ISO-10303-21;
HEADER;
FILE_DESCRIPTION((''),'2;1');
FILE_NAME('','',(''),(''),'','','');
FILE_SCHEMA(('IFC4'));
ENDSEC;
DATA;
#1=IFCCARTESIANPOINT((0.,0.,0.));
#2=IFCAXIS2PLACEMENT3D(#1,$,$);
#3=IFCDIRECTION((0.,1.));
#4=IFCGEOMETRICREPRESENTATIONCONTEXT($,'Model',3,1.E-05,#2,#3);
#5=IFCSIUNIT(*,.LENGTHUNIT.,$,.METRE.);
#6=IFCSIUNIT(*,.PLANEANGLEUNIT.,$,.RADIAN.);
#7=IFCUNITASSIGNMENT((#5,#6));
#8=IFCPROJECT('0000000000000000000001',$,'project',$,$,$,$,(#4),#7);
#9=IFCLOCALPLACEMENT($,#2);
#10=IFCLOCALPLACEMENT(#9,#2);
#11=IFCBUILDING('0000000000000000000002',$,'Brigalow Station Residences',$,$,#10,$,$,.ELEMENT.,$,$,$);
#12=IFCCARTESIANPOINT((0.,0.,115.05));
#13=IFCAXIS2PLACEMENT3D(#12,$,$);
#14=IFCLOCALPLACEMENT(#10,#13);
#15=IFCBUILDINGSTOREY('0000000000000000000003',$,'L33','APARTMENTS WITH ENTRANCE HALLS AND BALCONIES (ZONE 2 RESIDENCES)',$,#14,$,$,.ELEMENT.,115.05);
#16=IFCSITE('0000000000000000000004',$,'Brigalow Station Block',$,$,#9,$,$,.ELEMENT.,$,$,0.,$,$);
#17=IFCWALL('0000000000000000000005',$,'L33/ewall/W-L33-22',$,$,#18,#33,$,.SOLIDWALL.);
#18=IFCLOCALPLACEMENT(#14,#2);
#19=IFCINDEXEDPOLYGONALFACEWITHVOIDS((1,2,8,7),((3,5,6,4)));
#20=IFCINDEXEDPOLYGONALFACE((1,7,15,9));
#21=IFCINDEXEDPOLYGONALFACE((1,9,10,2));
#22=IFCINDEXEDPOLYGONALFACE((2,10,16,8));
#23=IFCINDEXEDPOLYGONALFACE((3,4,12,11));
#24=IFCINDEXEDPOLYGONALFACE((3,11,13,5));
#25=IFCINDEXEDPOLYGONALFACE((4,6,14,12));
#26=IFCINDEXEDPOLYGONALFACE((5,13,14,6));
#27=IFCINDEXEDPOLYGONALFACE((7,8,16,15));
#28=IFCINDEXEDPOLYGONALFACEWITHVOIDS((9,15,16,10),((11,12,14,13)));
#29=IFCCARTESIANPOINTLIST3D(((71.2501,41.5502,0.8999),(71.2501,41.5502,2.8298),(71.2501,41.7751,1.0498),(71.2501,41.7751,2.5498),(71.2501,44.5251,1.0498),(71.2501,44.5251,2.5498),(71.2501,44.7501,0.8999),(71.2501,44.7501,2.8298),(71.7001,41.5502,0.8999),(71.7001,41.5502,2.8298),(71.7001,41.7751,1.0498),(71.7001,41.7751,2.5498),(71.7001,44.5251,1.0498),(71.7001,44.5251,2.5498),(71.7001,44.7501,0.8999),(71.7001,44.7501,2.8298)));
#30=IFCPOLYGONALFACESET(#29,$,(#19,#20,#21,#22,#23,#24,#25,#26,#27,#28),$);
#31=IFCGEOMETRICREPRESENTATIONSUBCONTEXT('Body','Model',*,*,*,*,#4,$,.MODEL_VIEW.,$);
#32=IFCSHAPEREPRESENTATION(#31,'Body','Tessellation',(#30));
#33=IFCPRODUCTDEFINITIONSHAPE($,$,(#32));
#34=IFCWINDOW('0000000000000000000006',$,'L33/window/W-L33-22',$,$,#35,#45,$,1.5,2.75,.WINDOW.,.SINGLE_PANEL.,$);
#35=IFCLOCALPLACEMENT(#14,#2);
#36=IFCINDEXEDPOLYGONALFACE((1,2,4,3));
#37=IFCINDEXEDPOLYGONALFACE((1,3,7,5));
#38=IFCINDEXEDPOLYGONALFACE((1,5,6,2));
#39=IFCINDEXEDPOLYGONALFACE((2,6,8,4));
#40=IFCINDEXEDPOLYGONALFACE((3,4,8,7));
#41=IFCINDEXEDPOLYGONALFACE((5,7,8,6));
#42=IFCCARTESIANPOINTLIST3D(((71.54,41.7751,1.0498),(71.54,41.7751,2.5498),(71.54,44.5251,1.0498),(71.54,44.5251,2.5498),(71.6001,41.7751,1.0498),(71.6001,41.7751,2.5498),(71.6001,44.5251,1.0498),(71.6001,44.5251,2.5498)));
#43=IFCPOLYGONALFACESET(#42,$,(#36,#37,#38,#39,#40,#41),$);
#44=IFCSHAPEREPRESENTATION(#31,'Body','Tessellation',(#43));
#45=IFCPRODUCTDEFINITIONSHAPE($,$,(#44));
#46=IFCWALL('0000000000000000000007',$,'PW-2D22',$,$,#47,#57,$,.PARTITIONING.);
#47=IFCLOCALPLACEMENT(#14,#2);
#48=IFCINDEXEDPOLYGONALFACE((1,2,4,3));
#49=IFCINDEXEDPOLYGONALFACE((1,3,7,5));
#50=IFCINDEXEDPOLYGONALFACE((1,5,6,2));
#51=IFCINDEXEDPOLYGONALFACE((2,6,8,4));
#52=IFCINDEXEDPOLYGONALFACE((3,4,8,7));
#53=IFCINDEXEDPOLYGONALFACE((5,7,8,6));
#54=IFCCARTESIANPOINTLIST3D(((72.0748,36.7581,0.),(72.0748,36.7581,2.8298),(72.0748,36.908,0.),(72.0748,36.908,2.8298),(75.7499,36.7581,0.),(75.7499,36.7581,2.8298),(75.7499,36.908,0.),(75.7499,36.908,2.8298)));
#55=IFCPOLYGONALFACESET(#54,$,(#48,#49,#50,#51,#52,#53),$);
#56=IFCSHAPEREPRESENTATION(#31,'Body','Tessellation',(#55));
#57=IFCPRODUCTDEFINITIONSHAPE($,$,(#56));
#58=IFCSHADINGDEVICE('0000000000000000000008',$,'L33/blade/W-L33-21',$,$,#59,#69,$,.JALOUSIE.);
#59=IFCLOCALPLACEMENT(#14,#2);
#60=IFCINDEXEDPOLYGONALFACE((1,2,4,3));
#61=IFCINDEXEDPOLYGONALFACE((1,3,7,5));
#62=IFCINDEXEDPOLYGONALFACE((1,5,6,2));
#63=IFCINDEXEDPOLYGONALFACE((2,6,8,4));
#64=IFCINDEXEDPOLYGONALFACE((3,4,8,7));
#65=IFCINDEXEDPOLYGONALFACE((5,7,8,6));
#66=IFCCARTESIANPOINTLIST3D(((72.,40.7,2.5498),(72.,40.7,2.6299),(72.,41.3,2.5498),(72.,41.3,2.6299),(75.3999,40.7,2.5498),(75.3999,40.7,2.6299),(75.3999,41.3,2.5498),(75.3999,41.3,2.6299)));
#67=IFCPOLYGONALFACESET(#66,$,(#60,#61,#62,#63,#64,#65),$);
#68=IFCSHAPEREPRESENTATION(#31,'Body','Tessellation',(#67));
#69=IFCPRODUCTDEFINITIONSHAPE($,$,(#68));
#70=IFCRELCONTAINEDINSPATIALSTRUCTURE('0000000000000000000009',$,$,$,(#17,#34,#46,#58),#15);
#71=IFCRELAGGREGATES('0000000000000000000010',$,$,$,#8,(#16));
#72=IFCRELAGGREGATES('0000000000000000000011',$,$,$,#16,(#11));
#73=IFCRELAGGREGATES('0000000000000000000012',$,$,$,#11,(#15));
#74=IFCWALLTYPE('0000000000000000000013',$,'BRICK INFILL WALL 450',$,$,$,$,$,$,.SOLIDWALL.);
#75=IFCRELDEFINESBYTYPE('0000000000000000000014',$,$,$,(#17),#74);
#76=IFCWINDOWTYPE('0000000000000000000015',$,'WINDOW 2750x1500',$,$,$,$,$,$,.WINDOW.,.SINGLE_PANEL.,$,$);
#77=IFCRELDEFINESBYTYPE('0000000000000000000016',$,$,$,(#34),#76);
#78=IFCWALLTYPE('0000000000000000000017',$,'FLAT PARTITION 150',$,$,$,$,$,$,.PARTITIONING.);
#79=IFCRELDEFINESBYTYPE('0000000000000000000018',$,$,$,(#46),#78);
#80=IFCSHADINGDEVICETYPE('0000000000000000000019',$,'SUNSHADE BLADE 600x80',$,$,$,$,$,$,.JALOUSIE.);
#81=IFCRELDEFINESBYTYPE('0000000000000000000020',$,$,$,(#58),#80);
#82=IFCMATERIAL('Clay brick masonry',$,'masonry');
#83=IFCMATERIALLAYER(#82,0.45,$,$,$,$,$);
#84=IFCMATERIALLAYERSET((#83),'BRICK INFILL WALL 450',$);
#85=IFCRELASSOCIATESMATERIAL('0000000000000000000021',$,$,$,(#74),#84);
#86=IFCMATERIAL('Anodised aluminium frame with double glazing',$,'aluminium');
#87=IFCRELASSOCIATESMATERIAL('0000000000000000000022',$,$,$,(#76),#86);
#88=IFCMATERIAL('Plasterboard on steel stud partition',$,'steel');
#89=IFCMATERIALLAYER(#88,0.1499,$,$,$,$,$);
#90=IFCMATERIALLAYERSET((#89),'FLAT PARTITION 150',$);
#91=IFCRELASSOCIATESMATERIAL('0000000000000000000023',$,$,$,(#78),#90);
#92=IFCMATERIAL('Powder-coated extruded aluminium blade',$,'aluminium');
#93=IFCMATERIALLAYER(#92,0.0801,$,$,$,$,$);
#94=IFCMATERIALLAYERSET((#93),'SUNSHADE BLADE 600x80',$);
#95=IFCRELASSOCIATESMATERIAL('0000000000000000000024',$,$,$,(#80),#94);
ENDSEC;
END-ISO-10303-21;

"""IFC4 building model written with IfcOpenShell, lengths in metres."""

from ifc_helpers import new_model, si_unit, direction, frame, frame_2d, origin, origin_2d, place, context, subcontext, project, spatial, rectangle, extrude, material, layer, layer_set, type_object, element, fill, save


model = new_model("IFC4")

# Units and contexts
model_context = context("Model", 3, precision=1e-05, world=origin(), true_north=direction((0.0, 1.0)))
body_context = subcontext(model_context, "Body", "Model", "MODEL_VIEW")
ifc_project = project(units=[si_unit("LENGTHUNIT", "METRE"), si_unit("PLANEANGLEUNIT", "RADIAN")], contexts=[model_context])

# Site, building, storey
site_placement = place(None, origin())
site = spatial("IfcSite", under=ifc_project, at=site_placement, Name="Brigalow Station Block", CompositionType="ELEMENT", RefElevation=0.0)
building_placement = place(site_placement, origin())
building = spatial("IfcBuilding", under=site, at=building_placement, Name="Brigalow Station Residences", CompositionType="ELEMENT")
storey_placement = place(building_placement, frame((0.0, 0.0, 115.05)))
storey = spatial("IfcBuildingStorey", under=building, at=storey_placement, Name="L33", Description="APARTMENTS WITH ENTRANCE HALLS AND BALCONIES (ZONE 2 RESIDENCES)", CompositionType="ELEMENT", Elevation=115.05)

# Wall, opening, window
ifc_material_1 = material(Name="Clay brick masonry", Category="masonry")
ifc_layer_1 = layer(ifc_material_1, 0.45)
ifc_layer_set_1 = layer_set([ifc_layer_1], Name="BRICK INFILL WALL 450")
wall_type_1 = type_object("IfcWallType", Name="BRICK INFILL WALL 450", PredefinedType="SOLIDWALL", material=ifc_layer_set_1)
wall_1_placement = place(storey_placement, frame((71.4751, 41.55, 0.8999), z_axis=(0.0, 0.0, 1.0), x_axis=(0.0, 1.0, 0.0)))
wall_1 = element("IfcWall", 1, at=wall_1_placement, inside=storey, type_object=wall_type_1, Name="L33/ewall/W-L33-22", PredefinedType="SOLIDWALL", context=body_context, shape_type="SweptSolid", body=[
    extrude(rectangle(XDim=3.2, YDim=0.45, at=frame_2d((1.6001, 0.0))), origin(), (0.0, 0.0, 1.0), 1.9299),
])
opening_1_placement = place(wall_1_placement, frame((0.2251, 0.0, 0.1499)))
opening_1 = element("IfcOpeningElement", 2, at=opening_1_placement, cuts=wall_1, PredefinedType="OPENING", context=body_context, shape_type="SweptSolid", body=[
    extrude(rectangle(XDim=2.75, YDim=1.5, at=frame_2d((1.375, 0.75))), frame((0.0, 0.2349, 0.0), z_axis=(0.0, -1.0, 0.0), x_axis=(1.0, 0.0, 0.0)), (0.0, 0.0, 1.0), 0.47),
])
ifc_material_2 = material(Name="Anodised aluminium frame with double glazing", Category="aluminium")
window_type_1 = type_object("IfcWindowType", Name="WINDOW 2750x1500", PartitioningType="SINGLE_PANEL", PredefinedType="WINDOW", material=ifc_material_2)
window_1_placement = place(opening_1_placement, origin())
window_1 = element("IfcWindow", 3, at=window_1_placement, inside=storey, type_object=window_type_1, Name="L33/window/W-L33-22", OverallHeight=1.5, OverallWidth=2.75, PartitioningType="SINGLE_PANEL", PredefinedType="WINDOW", context=body_context, shape_type="SweptSolid", body=[
    extrude(rectangle(XDim=2.75, YDim=1.5, at=frame_2d((1.375, 0.75))), frame((0.0, -0.0649, 0.0), z_axis=(0.0, -1.0, 0.0), x_axis=(1.0, 0.0, 0.0)), (0.0, 0.0, 1.0), 0.0601),
])
fill(opening_1, window_1)

# Wall
ifc_material_3 = material(Name="Plasterboard on steel stud partition", Category="steel")
ifc_layer_2 = layer(ifc_material_3, 0.1499)
ifc_layer_set_2 = layer_set([ifc_layer_2], Name="FLAT PARTITION 150")
wall_type_2 = type_object("IfcWallType", Name="FLAT PARTITION 150", PredefinedType="PARTITIONING", material=ifc_layer_set_2)
wall_2_placement = place(storey_placement, frame((72.075, 36.833, 0.0), z_axis=(0.0, 0.0, 1.0), x_axis=(1.0, 0.0, 0.0)))
element("IfcWall", 4, at=wall_2_placement, inside=storey, type_object=wall_type_2, Name="PW-2D22", PredefinedType="PARTITIONING", context=body_context, shape_type="SweptSolid", body=[
    extrude(rectangle(XDim=3.675, YDim=0.1499, at=frame_2d((1.8374, 0.0))), origin(), (0.0, 0.0, 1.0), 2.8298),
])

# Shading device
ifc_material_4 = material(Name="Powder-coated extruded aluminium blade", Category="aluminium")
ifc_layer_3 = layer(ifc_material_4, 0.0801)
ifc_layer_set_3 = layer_set([ifc_layer_3], Name="SUNSHADE BLADE 600x80")
shading_device_type = type_object("IfcShadingDeviceType", Name="SUNSHADE BLADE 600x80", PredefinedType="JALOUSIE", material=ifc_layer_set_3)
shading_device_placement = place(storey_placement, frame((73.7, 41.0, 2.5498), z_axis=(0.0, 0.0, 1.0), x_axis=(-1.0, 0.0, 0.0)))
element("IfcShadingDevice", 5, at=shading_device_placement, inside=storey, type_object=shading_device_type, Name="L33/blade/W-L33-21", PredefinedType="JALOUSIE", context=body_context, shape_type="SweptSolid", body=[
    extrude(rectangle(XDim=3.3999, YDim=0.6001, at=origin_2d()), origin(), (0.0, 0.0, 1.0), 0.0801),
])

save(model, "model.ifc")
